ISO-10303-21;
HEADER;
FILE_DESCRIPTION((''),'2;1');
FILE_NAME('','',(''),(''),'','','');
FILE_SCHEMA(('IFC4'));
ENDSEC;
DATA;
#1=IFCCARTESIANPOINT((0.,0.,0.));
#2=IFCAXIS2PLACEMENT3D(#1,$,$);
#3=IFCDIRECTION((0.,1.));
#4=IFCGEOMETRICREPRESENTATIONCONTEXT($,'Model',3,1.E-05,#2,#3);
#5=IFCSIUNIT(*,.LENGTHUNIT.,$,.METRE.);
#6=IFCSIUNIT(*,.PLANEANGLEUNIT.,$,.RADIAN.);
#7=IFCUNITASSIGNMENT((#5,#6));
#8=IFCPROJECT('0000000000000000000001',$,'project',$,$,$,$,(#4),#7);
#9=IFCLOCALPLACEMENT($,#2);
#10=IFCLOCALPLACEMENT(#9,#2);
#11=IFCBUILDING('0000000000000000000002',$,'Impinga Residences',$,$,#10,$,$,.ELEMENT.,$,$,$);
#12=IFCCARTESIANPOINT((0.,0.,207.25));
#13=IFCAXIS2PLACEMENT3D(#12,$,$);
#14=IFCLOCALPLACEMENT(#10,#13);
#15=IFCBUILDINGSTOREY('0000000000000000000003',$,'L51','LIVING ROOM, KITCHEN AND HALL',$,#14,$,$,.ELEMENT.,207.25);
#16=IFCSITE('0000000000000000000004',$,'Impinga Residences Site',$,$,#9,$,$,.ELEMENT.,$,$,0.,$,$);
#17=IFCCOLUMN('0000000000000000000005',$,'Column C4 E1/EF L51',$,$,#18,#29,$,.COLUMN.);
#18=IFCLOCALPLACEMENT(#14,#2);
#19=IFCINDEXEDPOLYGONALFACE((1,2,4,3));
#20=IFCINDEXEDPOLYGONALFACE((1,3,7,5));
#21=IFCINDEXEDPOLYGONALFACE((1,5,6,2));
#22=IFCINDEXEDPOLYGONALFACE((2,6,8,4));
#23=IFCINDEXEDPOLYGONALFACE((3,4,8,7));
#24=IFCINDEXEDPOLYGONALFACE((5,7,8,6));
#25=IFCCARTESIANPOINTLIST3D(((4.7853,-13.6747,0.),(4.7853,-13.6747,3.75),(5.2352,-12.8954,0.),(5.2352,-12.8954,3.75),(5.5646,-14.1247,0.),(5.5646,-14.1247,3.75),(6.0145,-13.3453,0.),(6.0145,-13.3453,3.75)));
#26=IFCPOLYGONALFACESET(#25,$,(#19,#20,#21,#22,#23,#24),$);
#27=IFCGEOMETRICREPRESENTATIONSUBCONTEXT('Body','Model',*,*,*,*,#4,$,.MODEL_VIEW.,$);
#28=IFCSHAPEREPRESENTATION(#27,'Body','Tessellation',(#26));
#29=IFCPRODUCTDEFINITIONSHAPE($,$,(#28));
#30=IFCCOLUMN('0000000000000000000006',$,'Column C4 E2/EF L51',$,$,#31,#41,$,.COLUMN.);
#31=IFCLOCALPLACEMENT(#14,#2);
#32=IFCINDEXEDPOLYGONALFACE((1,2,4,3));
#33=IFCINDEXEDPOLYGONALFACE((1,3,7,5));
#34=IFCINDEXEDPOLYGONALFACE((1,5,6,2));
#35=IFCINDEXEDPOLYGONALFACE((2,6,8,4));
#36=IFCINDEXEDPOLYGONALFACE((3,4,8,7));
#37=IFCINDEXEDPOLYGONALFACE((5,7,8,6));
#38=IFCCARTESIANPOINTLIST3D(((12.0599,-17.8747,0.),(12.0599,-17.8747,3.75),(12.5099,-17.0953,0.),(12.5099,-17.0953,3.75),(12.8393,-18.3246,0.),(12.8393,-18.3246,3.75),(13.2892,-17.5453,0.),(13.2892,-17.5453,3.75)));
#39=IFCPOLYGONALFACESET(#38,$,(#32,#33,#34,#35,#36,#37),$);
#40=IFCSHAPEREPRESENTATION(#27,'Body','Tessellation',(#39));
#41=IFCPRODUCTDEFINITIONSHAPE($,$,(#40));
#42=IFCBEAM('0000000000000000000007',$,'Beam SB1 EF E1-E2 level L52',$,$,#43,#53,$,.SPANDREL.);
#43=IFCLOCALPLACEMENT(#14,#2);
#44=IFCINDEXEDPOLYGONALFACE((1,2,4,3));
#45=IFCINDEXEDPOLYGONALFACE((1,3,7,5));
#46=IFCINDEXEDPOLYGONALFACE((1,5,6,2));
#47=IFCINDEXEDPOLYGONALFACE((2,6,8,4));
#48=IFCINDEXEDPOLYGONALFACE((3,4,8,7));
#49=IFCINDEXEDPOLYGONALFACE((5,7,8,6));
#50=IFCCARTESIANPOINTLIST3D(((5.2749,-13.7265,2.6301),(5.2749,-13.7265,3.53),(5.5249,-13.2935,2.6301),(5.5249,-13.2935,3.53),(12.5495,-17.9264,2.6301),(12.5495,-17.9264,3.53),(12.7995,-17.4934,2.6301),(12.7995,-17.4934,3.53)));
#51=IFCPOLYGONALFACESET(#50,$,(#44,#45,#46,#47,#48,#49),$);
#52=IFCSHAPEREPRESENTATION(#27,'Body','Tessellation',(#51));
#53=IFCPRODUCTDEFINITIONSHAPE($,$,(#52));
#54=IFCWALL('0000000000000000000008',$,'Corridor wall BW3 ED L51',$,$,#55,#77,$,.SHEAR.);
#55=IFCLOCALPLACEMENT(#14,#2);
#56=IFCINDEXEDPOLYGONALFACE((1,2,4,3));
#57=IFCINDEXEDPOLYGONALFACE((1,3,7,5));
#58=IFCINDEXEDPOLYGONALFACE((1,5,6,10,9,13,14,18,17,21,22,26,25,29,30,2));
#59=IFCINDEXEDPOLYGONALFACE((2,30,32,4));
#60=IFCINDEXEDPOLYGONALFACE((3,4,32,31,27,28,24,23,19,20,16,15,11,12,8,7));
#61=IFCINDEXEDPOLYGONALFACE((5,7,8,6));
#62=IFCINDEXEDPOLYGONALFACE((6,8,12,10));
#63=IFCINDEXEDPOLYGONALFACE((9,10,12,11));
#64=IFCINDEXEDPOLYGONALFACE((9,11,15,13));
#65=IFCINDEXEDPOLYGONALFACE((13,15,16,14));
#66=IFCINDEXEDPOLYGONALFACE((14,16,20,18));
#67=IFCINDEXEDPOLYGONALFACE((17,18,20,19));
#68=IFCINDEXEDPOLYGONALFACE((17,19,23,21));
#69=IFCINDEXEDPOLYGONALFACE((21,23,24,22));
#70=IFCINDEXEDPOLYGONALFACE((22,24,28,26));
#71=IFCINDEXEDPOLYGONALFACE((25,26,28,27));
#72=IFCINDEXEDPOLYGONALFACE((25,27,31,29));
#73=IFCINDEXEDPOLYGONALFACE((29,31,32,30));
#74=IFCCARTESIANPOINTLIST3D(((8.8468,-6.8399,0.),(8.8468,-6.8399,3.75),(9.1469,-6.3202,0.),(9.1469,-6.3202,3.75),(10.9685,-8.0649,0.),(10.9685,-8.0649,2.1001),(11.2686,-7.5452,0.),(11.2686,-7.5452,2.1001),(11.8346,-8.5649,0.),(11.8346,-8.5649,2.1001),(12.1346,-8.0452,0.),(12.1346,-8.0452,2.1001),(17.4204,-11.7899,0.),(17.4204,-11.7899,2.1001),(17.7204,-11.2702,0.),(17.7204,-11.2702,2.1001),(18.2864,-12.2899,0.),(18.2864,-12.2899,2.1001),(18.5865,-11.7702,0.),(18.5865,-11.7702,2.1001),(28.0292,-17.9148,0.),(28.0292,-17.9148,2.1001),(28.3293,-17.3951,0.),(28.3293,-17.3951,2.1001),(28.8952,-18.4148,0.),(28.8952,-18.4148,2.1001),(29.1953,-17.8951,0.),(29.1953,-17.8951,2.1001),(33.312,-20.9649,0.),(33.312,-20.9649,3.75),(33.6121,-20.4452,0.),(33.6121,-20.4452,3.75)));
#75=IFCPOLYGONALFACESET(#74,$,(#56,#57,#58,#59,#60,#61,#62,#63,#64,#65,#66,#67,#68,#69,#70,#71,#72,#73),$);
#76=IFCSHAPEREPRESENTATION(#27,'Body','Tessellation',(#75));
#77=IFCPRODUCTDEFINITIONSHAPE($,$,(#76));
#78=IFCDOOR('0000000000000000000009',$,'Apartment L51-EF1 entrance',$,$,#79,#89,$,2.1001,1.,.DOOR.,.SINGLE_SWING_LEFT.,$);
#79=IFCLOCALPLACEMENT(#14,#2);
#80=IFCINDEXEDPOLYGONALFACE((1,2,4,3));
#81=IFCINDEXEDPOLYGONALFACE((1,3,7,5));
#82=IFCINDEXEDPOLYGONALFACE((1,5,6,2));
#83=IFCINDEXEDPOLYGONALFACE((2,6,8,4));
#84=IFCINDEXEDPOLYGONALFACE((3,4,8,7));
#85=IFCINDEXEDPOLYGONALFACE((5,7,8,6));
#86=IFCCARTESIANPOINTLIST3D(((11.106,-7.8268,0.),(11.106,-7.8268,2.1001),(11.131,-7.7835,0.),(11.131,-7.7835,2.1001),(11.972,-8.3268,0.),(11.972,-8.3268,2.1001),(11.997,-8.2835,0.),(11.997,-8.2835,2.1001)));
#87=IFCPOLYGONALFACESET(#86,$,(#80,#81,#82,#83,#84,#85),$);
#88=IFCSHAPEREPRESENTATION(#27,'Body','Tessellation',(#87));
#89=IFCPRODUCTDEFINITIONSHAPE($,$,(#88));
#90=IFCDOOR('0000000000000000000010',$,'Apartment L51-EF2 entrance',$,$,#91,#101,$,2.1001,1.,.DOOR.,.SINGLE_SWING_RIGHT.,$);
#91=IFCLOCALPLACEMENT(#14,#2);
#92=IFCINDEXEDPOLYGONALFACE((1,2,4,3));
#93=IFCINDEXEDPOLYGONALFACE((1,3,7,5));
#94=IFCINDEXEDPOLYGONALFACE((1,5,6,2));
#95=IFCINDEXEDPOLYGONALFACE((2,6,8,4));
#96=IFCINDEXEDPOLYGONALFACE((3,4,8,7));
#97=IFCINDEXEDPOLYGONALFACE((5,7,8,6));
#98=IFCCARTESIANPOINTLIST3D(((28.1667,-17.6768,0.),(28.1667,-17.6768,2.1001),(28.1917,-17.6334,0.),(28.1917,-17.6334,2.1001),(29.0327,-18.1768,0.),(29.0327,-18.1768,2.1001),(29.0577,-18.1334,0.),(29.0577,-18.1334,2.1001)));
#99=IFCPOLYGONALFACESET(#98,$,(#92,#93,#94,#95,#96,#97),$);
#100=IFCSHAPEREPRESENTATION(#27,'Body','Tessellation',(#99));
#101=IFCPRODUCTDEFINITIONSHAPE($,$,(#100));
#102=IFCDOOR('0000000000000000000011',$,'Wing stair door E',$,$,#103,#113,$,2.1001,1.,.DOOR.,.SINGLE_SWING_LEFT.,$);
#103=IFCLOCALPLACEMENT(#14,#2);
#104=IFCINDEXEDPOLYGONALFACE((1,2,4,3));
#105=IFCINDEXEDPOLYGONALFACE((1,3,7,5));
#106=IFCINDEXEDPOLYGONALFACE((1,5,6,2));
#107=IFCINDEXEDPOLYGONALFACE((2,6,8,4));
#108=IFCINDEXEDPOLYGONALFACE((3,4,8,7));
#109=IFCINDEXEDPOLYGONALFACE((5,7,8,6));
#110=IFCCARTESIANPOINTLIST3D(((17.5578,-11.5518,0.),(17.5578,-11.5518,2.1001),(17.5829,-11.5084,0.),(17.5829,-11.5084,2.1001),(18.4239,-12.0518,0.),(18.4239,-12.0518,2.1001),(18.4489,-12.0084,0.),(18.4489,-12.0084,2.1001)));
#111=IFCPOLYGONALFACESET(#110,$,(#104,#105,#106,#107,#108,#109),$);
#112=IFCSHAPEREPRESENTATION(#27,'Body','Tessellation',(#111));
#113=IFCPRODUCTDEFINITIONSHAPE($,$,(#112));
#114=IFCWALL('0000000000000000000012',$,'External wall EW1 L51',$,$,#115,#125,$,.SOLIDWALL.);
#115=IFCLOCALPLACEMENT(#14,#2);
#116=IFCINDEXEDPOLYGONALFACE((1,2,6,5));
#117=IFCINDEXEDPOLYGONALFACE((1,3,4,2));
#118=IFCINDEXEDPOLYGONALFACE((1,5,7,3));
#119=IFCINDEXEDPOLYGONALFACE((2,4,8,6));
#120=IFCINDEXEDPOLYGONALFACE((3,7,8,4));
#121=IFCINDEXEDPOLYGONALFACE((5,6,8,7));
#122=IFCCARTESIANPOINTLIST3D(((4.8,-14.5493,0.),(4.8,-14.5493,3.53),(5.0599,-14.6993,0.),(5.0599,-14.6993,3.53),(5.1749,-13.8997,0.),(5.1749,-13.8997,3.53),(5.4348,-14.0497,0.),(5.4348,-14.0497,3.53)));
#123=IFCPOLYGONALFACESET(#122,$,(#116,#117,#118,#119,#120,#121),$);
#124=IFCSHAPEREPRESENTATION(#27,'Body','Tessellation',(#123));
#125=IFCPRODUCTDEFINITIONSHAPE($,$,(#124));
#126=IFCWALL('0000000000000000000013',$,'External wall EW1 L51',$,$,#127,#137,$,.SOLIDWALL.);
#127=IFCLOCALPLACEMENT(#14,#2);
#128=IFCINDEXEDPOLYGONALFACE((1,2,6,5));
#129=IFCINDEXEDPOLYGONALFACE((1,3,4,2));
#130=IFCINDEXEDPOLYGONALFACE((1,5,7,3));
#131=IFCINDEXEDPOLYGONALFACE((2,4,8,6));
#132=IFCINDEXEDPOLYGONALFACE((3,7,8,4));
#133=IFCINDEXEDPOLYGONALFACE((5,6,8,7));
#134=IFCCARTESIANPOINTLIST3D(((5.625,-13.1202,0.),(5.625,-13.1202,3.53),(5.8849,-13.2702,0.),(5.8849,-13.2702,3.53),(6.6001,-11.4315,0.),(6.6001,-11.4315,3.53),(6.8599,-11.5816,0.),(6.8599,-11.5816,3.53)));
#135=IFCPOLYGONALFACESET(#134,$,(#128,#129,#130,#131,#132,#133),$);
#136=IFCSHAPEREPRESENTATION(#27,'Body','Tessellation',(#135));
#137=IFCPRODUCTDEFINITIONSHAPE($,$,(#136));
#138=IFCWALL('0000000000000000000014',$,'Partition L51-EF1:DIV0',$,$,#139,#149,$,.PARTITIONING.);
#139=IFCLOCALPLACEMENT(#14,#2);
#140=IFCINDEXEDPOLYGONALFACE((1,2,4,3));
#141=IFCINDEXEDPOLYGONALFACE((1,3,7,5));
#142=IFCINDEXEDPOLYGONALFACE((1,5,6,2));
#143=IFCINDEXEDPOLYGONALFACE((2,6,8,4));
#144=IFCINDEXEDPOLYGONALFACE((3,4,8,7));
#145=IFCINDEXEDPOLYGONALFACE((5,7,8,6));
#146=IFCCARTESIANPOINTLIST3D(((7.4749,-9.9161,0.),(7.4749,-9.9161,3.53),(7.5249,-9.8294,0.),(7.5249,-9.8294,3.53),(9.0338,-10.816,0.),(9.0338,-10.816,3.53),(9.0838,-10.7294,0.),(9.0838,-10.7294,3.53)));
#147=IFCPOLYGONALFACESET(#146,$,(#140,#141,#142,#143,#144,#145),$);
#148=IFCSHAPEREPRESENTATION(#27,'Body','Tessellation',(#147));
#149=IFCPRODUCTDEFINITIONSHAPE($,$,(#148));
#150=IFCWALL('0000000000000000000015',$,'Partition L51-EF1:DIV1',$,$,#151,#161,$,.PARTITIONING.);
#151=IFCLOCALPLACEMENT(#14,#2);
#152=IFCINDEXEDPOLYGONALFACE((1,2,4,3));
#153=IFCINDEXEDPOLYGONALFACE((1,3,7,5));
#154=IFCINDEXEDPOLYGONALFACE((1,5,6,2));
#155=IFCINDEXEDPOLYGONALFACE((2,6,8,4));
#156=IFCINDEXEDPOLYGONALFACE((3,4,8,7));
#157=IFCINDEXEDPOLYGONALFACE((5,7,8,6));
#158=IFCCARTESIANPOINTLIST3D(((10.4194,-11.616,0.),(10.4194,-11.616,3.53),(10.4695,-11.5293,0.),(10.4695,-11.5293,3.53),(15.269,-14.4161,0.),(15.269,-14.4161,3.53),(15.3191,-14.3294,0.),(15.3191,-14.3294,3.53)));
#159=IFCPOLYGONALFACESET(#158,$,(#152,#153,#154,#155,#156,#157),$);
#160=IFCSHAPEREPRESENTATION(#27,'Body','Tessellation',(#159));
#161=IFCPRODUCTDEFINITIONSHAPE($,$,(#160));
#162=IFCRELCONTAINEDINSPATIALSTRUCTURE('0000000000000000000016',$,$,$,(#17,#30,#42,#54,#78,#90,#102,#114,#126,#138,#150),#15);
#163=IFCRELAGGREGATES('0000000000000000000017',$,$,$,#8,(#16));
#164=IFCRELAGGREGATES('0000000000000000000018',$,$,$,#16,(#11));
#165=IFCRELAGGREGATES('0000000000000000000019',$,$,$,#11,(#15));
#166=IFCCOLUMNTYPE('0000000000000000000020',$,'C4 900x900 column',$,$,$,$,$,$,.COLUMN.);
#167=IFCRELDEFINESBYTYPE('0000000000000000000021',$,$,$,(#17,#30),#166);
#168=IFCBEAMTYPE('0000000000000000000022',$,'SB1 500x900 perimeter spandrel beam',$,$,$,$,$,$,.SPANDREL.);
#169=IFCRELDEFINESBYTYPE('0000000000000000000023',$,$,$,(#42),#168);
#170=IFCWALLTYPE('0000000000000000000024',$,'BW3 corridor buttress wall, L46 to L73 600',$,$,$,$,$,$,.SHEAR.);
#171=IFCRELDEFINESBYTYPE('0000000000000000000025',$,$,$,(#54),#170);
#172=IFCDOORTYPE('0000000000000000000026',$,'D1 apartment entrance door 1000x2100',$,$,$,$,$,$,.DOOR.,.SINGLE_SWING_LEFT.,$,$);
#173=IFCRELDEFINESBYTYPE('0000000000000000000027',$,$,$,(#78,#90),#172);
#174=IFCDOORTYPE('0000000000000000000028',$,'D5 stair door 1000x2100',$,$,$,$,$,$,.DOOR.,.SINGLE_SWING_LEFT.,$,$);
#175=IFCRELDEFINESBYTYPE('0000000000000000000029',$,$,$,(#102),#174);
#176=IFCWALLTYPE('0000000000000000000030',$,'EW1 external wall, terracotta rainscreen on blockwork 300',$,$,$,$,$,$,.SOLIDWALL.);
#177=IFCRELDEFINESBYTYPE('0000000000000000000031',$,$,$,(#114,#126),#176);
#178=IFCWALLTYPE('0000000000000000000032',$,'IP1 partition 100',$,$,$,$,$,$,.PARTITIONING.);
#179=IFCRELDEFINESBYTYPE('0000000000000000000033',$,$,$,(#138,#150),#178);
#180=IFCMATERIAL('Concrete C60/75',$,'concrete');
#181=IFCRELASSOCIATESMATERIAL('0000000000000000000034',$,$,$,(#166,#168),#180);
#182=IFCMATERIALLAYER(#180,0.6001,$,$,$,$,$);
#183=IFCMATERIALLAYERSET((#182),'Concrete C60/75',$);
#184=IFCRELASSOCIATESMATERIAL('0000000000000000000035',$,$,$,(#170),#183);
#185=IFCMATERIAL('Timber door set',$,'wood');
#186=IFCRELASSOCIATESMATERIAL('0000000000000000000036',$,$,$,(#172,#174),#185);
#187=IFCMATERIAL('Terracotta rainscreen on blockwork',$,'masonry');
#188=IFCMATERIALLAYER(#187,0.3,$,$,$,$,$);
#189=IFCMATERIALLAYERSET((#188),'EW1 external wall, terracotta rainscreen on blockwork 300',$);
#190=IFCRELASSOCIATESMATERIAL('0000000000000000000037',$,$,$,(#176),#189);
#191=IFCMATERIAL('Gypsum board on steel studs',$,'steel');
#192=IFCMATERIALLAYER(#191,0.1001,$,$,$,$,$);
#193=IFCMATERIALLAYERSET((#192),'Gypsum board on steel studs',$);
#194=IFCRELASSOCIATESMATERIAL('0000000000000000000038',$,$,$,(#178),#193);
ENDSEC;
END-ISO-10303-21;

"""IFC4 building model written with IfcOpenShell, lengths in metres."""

from ifc_helpers import new_model, si_unit, direction, frame, frame_2d, origin, origin_2d, place, context, subcontext, project, spatial, rectangle, extrude, material, layer, layer_set, material_profile, profile_set, type_object, element, fill, save


model = new_model("IFC4")

# Units and contexts
model_context = context("Model", 3, precision=1e-05, world=origin(), true_north=direction((0.0, 1.0)))
body_context = subcontext(model_context, "Body", "Model", "MODEL_VIEW")
ifc_project = project(units=[si_unit("LENGTHUNIT", "METRE"), si_unit("PLANEANGLEUNIT", "RADIAN")], contexts=[model_context])

# Site, building, storey
site_placement = place(None, origin())
site = spatial("IfcSite", under=ifc_project, at=site_placement, Name="Impinga Residences Site", CompositionType="ELEMENT", RefElevation=0.0)
building_placement = place(site_placement, origin())
building = spatial("IfcBuilding", under=site, at=building_placement, Name="Impinga Residences", CompositionType="ELEMENT")
storey_placement = place(building_placement, frame((0.0, 0.0, 207.25)))
storey = spatial("IfcBuildingStorey", under=building, at=storey_placement, Name="L51", Description="LIVING ROOM, KITCHEN AND HALL", CompositionType="ELEMENT", Elevation=207.25)

# Columns
ifc_material_1 = material(Name="Concrete C60/75", Category="concrete")
ifc_material_profile_1 = material_profile(ifc_material_1, rectangle(XDim=0.8999, YDim=0.8999, at=origin_2d()), Name="RC 900x900")
ifc_profile_set_1 = profile_set([ifc_material_profile_1], Name="Concrete C60/75")
column_type = type_object("IfcColumnType", Name="C4 900x900 column", PredefinedType="COLUMN", material=ifc_profile_set_1)
for number, where, z_axis, x_axis, name in (
    (1, (5.3999, -13.51, 0.0), (0.0, 0.0, 1.0), (-0.5, -0.866025, 0.0), "Column C4 E1/EF L51"),
    (2, (12.6746, -17.71, 0.0), (0.0, 0.0, 1.0), (-0.5, -0.866025, 0.0), "Column C4 E2/EF L51"),
):
    element("IfcColumn", number, at=place(storey_placement, frame(where, z_axis=z_axis, x_axis=x_axis)), inside=storey, type_object=column_type, Name=name, PredefinedType="COLUMN", context=body_context, shape_type="SweptSolid", body=[
        extrude(rectangle(XDim=0.8999, YDim=0.8999, at=origin_2d()), origin(), (0.0, 0.0, 1.0), 3.75),
    ])

# Beam
ifc_material_profile_2 = material_profile(ifc_material_1, rectangle(XDim=0.5, YDim=0.8999, at=origin_2d()), Name="RC 500x900")
ifc_profile_set_2 = profile_set([ifc_material_profile_2], Name="Concrete C60/75")
beam_type = type_object("IfcBeamType", Name="SB1 500x900 perimeter spandrel beam", PredefinedType="SPANDREL", material=ifc_profile_set_2)
beam_placement = place(storey_placement, frame((5.3999, -13.51, 3.0801), z_axis=(0.866029, -0.499993, 0.0), x_axis=(0.499993, 0.866029, 0.0)))
element("IfcBeam", 3, at=beam_placement, inside=storey, type_object=beam_type, Name="Beam SB1 EF E1-E2 level L52", PredefinedType="SPANDREL", context=body_context, shape_type="SweptSolid", body=[
    extrude(rectangle(XDim=0.5, YDim=0.8999, at=origin_2d()), origin(), (0.0, 0.0, 1.0), 8.3999),
])

# Wall, openings, doors
ifc_layer_1 = layer(ifc_material_1, 0.6001)
ifc_layer_set_1 = layer_set([ifc_layer_1], Name="Concrete C60/75")
wall_type_1 = type_object("IfcWallType", Name="BW3 corridor buttress wall, L46 to L73 600", PredefinedType="SHEAR", material=ifc_layer_set_1)
wall_1_placement = place(storey_placement, frame((8.9968, -6.5801, 0.0), z_axis=(0.0, 0.0, 1.0), x_axis=(0.866026, -0.499998, 0.0)))
wall_1 = element("IfcWall", 4, at=wall_1_placement, inside=storey, type_object=wall_type_1, Name="Corridor wall BW3 ED L51", PredefinedType="SHEAR", context=body_context, shape_type="SweptSolid", body=[
    extrude(rectangle(XDim=28.25, YDim=0.6001, at=frame_2d((14.125, 0.0))), origin(), (0.0, 0.0, 1.0), 3.75),
])
opening_1_placement = place(wall_1_placement, frame((9.8999, 0.0, 0.0)))
opening_1 = element("IfcOpeningElement", 5, at=opening_1_placement, cuts=wall_1, PredefinedType="OPENING", context=body_context, shape_type="SweptSolid", body=[
    extrude(rectangle(XDim=1.0, YDim=2.1001, at=frame_2d((0.5, 1.05))), frame((0.0, 0.3101, 0.0), z_axis=(0.0, -1.0, 0.0), x_axis=(1.0, 0.0, 0.0)), (0.0, 0.0, 1.0), 0.6201),
])
opening_2_placement = place(wall_1_placement, frame((2.45, 0.0, 0.0)))
opening_2 = element("IfcOpeningElement", 6, at=opening_2_placement, cuts=wall_1, PredefinedType="OPENING", context=body_context, shape_type="SweptSolid", body=[
    extrude(rectangle(XDim=1.0, YDim=2.1001, at=frame_2d((0.5, 1.05))), frame((0.0, 0.3101, 0.0), z_axis=(0.0, -1.0, 0.0), x_axis=(1.0, 0.0, 0.0)), (0.0, 0.0, 1.0), 0.6201),
])
opening_3_placement = place(wall_1_placement, frame((22.1499, 0.0, 0.0)))
opening_3 = element("IfcOpeningElement", 7, at=opening_3_placement, cuts=wall_1, PredefinedType="OPENING", context=body_context, shape_type="SweptSolid", body=[
    extrude(rectangle(XDim=1.0, YDim=2.1001, at=frame_2d((0.5, 1.05))), frame((0.0, 0.3101, 0.0), z_axis=(0.0, -1.0, 0.0), x_axis=(1.0, 0.0, 0.0)), (0.0, 0.0, 1.0), 0.6201),
])
ifc_material_2 = material(Name="Timber door set", Category="wood")
door_type_1 = type_object("IfcDoorType", Name="D1 apartment entrance door 1000x2100", OperationType="SINGLE_SWING_LEFT", PredefinedType="DOOR", material=ifc_material_2)
door_1_placement = place(opening_2_placement, origin())
door_1 = element("IfcDoor", 8, at=door_1_placement, inside=storey, type_object=door_type_1, Name="Apartment L51-EF1 entrance", OperationType="SINGLE_SWING_LEFT", OverallHeight=2.1001, OverallWidth=1.0, PredefinedType="DOOR", context=body_context, shape_type="SweptSolid", body=[
    extrude(rectangle(XDim=1.0, YDim=2.1001, at=frame_2d((0.5, 1.05))), frame((0.0, 0.0249, 0.0), z_axis=(0.0, -1.0, 0.0), x_axis=(1.0, 0.0, 0.0)), (0.0, 0.0, 1.0), 0.05),
])
fill(opening_2, door_1)
door_2_placement = place(opening_3_placement, origin())
door_2 = element("IfcDoor", 9, at=door_2_placement, inside=storey, type_object=door_type_1, Name="Apartment L51-EF2 entrance", OperationType="SINGLE_SWING_RIGHT", OverallHeight=2.1001, OverallWidth=1.0, PredefinedType="DOOR", context=body_context, shape_type="SweptSolid", body=[
    extrude(rectangle(XDim=1.0, YDim=2.1001, at=frame_2d((0.5, 1.05))), frame((0.0, 0.0249, 0.0), z_axis=(0.0, -1.0, 0.0), x_axis=(1.0, 0.0, 0.0)), (0.0, 0.0, 1.0), 0.05),
])
fill(opening_3, door_2)
door_type_2 = type_object("IfcDoorType", Name="D5 stair door 1000x2100", OperationType="SINGLE_SWING_LEFT", PredefinedType="DOOR", material=ifc_material_2)
door_3_placement = place(opening_1_placement, origin())
door_3 = element("IfcDoor", 10, at=door_3_placement, inside=storey, type_object=door_type_2, Name="Wing stair door E", OperationType="SINGLE_SWING_LEFT", OverallHeight=2.1001, OverallWidth=1.0, PredefinedType="DOOR", context=body_context, shape_type="SweptSolid", body=[
    extrude(rectangle(XDim=1.0, YDim=2.1001, at=frame_2d((0.5, 1.05))), frame((0.0, 0.0249, 0.0), z_axis=(0.0, -1.0, 0.0), x_axis=(1.0, 0.0, 0.0)), (0.0, 0.0, 1.0), 0.05),
])
fill(opening_1, door_3)

# Walls
ifc_material_3 = material(Name="Terracotta rainscreen on blockwork", Category="masonry")
ifc_layer_2 = layer(ifc_material_3, 0.3)
ifc_layer_set_2 = layer_set([ifc_layer_2], Name="EW1 external wall, terracotta rainscreen on blockwork 300")
wall_type_2 = type_object("IfcWallType", Name="EW1 external wall, terracotta rainscreen on blockwork 300", PredefinedType="SOLIDWALL", material=ifc_layer_set_2)
wall_2_placement = place(storey_placement, frame((4.9299, -14.6243, 0.0), z_axis=(0.0, 0.0, 1.0), x_axis=(0.49992, 0.866072, 0.0)))
element("IfcWall", 11, at=wall_2_placement, inside=storey, type_object=wall_type_2, Name="External wall EW1 L51", PredefinedType="SOLIDWALL", context=body_context, shape_type="SweptSolid", body=[
    extrude(rectangle(XDim=0.75, YDim=0.3, at=frame_2d((0.375, 0.0))), origin(), (0.0, 0.0, 1.0), 3.53),
])
wall_3_placement = place(storey_placement, frame((5.7549, -13.1953, 0.0), z_axis=(0.0, 0.0, 1.0), x_axis=(0.500044, 0.866, 0.0)))
element("IfcWall", 12, at=wall_3_placement, inside=storey, type_object=wall_type_2, Name="External wall EW1 L51", PredefinedType="SOLIDWALL", context=body_context, shape_type="SweptSolid", body=[
    extrude(rectangle(XDim=1.95, YDim=0.3, at=frame_2d((0.9751, 0.0))), origin(), (0.0, 0.0, 1.0), 3.53),
])
ifc_material_4 = material(Name="Gypsum board on steel studs", Category="steel")
ifc_layer_3 = layer(ifc_material_4, 0.1001)
ifc_layer_set_3 = layer_set([ifc_layer_3], Name="Gypsum board on steel studs")
wall_type_3 = type_object("IfcWallType", Name="IP1 partition 100", PredefinedType="PARTITIONING", material=ifc_layer_set_3)
wall_4_placement = place(storey_placement, frame((7.5, -9.8728, 0.0), z_axis=(0.0, 0.0, 1.0), x_axis=(0.866048, -0.499961, 0.0)))
element("IfcWall", 13, at=wall_4_placement, inside=storey, type_object=wall_type_3, Name="Partition L51-EF1:DIV0", PredefinedType="PARTITIONING", context=body_context, shape_type="SweptSolid", body=[
    extrude(rectangle(XDim=1.8, YDim=0.1001, at=frame_2d((0.8999, 0.0))), origin(), (0.0, 0.0, 1.0), 3.53),
])
wall_5_placement = place(storey_placement, frame((10.4446, -11.5728, 0.0), z_axis=(0.0, 0.0, 1.0), x_axis=(0.866016, -0.500017, 0.0)))
element("IfcWall", 14, at=wall_5_placement, inside=storey, type_object=wall_type_3, Name="Partition L51-EF1:DIV1", PredefinedType="PARTITIONING", context=body_context, shape_type="SweptSolid", body=[
    extrude(rectangle(XDim=5.5999, YDim=0.1001, at=frame_2d((2.7998, 0.0))), origin(), (0.0, 0.0, 1.0), 3.53),
])

save(model, "model.ifc")
